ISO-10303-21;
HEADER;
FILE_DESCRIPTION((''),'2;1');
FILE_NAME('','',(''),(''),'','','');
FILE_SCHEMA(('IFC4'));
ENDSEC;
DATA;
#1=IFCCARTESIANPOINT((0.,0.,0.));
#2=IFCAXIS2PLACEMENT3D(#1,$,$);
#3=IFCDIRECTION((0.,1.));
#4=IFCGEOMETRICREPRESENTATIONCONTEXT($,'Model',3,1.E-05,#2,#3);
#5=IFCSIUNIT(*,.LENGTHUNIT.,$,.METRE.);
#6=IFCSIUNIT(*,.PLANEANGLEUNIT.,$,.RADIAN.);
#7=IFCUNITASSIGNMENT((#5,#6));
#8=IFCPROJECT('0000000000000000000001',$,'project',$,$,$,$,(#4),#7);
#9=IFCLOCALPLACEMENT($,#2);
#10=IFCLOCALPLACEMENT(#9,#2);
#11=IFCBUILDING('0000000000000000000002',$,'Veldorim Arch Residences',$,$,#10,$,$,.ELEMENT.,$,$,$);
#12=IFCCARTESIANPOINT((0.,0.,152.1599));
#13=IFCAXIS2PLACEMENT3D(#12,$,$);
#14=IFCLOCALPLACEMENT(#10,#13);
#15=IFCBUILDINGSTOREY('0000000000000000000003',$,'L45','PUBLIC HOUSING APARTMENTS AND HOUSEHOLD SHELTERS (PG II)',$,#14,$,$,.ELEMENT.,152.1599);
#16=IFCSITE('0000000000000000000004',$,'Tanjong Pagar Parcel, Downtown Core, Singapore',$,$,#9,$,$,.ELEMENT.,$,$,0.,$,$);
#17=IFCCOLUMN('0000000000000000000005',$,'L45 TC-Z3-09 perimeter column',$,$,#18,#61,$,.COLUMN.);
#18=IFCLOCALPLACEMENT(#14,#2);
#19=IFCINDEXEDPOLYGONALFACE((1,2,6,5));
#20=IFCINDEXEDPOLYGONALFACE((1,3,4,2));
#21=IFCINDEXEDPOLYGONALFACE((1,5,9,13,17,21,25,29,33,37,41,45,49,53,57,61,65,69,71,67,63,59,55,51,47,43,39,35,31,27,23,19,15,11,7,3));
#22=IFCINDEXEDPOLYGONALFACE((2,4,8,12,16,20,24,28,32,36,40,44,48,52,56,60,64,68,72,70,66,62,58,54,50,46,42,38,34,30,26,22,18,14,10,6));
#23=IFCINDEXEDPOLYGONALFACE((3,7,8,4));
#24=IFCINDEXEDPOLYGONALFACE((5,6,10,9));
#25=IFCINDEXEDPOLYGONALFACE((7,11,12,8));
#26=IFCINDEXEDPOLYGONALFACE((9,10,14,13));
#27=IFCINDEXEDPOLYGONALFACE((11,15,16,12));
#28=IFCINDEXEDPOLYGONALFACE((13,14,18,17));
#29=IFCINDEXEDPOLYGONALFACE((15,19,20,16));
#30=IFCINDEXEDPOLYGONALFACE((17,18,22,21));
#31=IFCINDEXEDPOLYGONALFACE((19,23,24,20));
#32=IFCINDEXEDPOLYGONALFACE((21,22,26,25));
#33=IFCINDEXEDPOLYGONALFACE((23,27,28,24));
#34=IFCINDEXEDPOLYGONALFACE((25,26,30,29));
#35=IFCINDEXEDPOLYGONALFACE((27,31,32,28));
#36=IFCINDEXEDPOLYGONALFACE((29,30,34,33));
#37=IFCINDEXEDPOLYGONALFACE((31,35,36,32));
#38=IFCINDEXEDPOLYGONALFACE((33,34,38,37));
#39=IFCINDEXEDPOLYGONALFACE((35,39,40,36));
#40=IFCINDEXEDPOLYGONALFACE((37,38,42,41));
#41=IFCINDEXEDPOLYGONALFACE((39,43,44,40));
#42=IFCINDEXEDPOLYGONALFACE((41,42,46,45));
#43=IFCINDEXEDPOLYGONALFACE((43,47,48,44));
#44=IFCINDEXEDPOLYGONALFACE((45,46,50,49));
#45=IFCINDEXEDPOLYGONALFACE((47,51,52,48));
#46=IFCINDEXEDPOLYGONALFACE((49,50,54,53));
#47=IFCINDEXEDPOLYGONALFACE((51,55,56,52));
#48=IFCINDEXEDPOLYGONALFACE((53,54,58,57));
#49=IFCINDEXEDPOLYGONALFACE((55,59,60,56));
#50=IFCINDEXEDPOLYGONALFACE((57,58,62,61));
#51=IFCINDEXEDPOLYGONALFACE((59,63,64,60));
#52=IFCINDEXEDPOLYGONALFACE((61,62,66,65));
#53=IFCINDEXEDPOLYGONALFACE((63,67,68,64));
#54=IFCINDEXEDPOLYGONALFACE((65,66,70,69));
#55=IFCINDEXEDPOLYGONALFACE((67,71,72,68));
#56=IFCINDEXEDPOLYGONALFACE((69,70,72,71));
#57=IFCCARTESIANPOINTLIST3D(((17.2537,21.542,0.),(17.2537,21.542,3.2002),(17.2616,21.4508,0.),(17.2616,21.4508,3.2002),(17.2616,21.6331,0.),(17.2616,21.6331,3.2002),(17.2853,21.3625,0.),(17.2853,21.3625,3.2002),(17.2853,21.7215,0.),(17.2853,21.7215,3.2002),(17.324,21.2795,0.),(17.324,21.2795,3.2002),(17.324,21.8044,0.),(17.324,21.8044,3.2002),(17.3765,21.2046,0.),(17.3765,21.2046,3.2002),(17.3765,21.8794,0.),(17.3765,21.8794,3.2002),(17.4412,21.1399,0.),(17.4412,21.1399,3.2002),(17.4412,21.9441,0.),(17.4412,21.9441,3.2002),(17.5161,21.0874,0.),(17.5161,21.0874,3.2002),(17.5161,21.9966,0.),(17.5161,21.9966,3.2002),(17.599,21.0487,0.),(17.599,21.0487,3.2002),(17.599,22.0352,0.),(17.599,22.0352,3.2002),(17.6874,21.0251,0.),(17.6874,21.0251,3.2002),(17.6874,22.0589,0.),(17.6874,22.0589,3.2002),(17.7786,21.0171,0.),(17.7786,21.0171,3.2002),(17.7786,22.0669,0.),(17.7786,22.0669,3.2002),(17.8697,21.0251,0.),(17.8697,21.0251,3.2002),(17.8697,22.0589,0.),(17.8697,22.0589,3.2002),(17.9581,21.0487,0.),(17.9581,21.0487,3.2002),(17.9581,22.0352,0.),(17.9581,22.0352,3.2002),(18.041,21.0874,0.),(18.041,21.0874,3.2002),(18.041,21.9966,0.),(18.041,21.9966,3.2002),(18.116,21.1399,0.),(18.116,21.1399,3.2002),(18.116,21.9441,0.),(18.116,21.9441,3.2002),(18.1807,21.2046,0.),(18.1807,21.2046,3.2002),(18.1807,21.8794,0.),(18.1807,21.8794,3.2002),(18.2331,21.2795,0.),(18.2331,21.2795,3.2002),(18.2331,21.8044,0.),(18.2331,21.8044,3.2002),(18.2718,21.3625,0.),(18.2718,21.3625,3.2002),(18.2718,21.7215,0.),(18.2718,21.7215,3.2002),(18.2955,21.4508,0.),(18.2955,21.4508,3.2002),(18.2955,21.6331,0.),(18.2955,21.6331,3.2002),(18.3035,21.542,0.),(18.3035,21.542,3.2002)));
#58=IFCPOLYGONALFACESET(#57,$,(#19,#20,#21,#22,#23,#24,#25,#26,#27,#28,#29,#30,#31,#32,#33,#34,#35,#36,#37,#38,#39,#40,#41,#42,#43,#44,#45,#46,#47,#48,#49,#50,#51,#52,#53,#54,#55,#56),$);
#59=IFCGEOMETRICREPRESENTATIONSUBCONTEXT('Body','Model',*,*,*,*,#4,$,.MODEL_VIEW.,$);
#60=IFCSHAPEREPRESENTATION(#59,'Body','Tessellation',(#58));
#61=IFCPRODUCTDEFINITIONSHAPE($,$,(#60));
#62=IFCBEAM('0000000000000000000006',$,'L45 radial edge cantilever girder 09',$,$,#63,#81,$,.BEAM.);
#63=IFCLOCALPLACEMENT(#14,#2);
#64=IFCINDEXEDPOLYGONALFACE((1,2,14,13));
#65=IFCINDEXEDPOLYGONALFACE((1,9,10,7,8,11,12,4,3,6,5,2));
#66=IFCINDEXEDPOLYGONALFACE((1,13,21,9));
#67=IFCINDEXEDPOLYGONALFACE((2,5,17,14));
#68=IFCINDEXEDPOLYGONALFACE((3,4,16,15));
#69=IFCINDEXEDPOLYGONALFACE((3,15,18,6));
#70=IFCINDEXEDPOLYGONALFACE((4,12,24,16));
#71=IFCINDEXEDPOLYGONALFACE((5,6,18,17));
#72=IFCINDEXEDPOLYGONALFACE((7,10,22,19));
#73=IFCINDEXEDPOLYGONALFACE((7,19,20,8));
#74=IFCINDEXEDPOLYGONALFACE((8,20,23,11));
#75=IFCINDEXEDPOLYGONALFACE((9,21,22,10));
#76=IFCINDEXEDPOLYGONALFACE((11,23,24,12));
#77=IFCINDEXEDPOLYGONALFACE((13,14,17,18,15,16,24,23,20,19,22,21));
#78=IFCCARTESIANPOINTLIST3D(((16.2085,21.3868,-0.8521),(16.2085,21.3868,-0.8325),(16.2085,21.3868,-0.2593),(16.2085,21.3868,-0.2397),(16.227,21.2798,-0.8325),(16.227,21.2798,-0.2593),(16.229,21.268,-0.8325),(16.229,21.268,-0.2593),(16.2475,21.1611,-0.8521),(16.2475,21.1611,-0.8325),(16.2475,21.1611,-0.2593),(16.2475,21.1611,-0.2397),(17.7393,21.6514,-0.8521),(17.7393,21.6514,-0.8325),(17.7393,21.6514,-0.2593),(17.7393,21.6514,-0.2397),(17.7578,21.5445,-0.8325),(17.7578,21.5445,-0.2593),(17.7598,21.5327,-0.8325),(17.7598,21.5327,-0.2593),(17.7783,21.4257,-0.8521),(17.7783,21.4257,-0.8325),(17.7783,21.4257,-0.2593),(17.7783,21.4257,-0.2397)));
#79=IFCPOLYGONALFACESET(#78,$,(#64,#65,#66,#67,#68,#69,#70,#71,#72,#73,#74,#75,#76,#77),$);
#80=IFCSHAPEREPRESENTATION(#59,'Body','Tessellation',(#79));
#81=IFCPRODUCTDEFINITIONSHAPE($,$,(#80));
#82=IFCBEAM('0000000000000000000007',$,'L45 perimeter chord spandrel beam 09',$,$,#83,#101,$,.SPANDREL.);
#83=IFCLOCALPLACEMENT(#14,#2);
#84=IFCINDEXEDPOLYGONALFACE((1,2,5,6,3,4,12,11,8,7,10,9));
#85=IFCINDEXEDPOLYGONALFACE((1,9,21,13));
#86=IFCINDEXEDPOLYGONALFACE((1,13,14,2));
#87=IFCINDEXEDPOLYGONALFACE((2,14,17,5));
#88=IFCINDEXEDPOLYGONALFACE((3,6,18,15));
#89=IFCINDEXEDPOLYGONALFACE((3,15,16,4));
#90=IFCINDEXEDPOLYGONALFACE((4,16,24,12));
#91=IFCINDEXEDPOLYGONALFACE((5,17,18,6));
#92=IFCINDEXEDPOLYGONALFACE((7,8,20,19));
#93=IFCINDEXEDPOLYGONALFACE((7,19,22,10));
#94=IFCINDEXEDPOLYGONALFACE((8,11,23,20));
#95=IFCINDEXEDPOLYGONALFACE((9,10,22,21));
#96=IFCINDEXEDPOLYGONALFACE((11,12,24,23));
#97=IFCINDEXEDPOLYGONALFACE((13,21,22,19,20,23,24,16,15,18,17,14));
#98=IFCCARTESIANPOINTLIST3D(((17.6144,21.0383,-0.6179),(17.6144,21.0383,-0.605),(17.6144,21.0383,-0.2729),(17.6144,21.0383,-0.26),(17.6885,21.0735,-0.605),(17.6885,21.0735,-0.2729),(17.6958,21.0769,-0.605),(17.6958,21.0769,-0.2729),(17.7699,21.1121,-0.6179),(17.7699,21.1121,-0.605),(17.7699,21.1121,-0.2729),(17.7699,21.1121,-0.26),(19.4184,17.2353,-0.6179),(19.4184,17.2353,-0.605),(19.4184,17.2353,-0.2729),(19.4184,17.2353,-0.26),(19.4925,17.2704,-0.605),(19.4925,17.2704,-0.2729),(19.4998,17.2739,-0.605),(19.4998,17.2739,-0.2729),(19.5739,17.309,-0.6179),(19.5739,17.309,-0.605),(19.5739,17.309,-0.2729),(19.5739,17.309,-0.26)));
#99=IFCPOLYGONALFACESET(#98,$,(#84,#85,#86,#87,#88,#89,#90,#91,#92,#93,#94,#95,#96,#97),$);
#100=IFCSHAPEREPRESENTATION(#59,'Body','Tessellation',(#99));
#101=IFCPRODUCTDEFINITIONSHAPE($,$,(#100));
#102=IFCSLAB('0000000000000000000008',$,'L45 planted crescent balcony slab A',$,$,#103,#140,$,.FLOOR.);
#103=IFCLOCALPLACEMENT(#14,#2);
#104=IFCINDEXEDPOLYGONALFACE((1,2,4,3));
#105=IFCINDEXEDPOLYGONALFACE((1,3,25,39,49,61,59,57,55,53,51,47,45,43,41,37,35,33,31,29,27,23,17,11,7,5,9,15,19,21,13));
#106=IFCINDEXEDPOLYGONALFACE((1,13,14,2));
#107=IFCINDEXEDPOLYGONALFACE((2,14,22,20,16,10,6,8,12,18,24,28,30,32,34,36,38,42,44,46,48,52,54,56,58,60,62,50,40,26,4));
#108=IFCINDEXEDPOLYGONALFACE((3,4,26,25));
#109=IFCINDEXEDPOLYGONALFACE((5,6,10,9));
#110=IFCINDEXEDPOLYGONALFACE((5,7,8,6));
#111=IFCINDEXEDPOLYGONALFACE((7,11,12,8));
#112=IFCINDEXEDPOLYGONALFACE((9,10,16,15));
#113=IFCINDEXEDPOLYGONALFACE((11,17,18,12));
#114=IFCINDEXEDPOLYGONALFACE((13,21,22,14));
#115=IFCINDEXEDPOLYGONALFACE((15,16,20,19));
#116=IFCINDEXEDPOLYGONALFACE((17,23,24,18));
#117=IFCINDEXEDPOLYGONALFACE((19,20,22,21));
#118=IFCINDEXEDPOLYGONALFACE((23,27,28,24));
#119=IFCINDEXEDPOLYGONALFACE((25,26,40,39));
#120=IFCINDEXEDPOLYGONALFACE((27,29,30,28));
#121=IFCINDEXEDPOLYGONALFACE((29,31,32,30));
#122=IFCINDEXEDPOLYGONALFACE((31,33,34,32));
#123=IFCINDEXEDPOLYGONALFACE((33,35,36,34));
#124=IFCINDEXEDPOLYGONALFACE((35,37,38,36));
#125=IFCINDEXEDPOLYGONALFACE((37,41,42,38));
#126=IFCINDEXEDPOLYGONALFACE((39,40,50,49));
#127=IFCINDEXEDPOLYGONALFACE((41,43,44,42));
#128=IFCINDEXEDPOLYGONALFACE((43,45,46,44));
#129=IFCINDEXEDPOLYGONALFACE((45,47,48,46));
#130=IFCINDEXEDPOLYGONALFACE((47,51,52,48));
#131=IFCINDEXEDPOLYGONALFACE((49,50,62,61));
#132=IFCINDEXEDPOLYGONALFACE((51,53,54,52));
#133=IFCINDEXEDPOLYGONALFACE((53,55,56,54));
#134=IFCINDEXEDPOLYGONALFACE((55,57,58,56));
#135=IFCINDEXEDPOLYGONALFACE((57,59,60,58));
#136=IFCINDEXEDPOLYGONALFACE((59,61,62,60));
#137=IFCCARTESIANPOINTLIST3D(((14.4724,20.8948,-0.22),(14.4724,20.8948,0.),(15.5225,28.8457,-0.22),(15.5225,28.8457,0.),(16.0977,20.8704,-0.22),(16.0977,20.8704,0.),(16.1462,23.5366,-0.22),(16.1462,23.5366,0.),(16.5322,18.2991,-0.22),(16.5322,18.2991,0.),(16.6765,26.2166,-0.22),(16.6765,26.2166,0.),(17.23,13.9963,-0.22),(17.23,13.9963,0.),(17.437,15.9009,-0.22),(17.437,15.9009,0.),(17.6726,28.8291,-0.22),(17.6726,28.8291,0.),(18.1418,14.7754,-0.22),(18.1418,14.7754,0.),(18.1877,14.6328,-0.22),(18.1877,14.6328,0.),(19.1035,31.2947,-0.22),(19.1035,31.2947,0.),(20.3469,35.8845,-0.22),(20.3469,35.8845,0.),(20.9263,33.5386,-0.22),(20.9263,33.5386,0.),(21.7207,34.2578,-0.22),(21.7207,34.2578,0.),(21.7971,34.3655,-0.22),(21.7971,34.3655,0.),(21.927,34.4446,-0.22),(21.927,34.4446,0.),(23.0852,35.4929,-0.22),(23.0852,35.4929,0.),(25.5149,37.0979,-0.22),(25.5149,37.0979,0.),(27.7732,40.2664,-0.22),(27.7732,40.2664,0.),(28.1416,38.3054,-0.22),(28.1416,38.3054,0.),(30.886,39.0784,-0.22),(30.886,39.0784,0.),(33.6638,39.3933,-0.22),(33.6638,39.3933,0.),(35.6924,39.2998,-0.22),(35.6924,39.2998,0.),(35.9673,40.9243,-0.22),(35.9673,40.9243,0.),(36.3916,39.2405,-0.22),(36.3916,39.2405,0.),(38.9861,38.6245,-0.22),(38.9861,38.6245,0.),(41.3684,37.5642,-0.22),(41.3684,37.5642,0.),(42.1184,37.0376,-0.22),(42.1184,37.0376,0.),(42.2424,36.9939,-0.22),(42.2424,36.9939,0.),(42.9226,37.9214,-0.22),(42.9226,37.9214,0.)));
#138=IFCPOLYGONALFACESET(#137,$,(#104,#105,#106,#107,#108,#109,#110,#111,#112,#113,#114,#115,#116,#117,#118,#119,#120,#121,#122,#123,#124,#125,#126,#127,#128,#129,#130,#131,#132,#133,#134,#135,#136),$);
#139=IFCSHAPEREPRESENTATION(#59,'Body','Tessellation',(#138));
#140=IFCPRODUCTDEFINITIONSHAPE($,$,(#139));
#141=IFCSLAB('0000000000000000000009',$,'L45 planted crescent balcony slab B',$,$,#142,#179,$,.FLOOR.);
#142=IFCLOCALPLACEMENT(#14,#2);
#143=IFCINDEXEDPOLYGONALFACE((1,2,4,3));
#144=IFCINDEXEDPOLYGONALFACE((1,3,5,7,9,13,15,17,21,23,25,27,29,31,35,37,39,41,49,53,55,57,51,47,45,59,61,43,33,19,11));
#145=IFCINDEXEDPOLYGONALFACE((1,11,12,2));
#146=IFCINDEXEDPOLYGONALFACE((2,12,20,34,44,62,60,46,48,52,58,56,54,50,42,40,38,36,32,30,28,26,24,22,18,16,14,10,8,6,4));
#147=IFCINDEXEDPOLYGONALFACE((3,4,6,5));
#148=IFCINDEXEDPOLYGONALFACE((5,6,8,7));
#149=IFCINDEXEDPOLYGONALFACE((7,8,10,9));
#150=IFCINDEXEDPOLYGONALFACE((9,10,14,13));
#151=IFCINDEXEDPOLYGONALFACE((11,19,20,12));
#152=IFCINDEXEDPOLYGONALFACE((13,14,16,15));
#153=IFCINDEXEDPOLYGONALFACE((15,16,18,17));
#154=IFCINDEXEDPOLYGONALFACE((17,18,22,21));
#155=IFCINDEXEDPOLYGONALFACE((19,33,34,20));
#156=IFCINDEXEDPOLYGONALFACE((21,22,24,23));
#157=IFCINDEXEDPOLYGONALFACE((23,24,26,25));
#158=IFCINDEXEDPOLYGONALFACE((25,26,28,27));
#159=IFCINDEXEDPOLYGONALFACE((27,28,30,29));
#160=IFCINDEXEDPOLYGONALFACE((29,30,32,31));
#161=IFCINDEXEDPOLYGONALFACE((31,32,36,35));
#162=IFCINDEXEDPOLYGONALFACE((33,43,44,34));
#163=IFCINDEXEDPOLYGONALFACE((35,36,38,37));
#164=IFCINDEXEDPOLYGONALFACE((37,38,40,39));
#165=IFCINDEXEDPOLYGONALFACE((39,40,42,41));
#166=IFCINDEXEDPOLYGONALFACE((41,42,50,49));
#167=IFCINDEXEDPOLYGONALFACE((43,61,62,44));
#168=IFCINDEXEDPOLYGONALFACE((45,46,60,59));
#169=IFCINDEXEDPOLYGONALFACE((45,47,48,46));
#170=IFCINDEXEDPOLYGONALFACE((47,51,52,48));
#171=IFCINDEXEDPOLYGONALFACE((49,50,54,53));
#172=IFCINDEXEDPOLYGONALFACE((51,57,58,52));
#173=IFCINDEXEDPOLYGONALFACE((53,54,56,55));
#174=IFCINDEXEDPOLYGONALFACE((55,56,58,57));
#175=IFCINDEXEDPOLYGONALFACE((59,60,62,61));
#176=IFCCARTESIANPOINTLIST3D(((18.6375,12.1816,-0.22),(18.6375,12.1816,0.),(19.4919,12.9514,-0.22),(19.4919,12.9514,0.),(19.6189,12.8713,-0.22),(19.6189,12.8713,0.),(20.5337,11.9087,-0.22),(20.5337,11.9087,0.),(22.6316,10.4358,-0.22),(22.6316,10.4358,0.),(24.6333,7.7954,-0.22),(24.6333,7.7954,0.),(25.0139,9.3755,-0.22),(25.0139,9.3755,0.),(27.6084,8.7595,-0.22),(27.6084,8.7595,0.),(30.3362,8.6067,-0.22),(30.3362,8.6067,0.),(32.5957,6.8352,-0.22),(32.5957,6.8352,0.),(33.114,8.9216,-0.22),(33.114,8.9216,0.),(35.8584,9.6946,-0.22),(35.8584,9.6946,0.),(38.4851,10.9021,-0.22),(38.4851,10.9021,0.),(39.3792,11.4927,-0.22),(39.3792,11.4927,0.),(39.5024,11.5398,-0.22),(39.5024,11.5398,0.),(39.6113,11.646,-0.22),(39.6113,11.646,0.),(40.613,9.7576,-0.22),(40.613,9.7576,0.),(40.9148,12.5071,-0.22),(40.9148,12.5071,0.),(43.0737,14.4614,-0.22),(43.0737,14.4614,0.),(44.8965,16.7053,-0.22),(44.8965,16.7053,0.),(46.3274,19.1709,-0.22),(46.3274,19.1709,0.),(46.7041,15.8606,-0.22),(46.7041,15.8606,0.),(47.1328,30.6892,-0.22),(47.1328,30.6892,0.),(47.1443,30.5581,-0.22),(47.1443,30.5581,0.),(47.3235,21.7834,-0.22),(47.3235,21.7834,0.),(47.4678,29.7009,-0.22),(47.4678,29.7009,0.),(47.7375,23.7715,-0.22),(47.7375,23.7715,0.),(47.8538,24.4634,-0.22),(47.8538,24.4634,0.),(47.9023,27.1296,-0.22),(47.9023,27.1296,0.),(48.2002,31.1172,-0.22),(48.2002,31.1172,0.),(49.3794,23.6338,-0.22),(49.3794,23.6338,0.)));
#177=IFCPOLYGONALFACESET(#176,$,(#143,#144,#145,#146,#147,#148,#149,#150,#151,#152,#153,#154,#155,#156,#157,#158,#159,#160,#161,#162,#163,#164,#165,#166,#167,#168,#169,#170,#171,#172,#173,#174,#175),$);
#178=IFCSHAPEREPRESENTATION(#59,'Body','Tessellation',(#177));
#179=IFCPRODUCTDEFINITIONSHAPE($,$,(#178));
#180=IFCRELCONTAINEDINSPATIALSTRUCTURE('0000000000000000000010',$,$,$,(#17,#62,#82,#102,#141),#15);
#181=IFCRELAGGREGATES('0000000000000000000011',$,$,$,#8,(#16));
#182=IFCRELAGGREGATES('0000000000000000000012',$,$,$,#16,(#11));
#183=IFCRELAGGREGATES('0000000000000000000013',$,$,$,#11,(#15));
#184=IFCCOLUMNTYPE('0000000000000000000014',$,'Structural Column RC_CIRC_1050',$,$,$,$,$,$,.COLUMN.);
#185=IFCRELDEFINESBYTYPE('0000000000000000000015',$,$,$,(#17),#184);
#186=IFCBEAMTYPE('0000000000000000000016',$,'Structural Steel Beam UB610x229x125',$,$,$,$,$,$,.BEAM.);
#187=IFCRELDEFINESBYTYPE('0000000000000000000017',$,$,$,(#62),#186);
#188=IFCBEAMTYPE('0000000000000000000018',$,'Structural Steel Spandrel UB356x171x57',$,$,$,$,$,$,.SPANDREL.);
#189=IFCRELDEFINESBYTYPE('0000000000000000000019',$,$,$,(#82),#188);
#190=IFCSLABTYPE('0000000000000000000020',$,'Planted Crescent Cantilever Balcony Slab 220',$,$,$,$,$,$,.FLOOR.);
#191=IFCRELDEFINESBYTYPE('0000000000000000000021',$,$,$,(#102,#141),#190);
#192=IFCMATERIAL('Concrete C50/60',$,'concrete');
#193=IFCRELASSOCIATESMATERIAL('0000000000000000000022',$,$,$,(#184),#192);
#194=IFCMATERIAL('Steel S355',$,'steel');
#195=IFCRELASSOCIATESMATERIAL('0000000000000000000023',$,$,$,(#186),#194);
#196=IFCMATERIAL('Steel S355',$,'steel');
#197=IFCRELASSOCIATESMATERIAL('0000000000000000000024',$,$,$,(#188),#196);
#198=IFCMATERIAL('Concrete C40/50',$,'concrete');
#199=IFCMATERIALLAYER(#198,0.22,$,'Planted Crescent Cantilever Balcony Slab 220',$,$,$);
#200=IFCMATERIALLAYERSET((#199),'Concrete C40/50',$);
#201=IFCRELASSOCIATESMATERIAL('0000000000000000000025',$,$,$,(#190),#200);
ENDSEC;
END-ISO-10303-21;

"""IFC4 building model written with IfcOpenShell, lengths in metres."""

from ifc_helpers import new_model, si_unit, direction, frame, origin, origin_2d, place, context, subcontext, project, spatial, polyline, circle, i_section, outline, extrude, material, layer, layer_set, material_profile, profile_set, type_object, element, save


model = new_model("IFC4")

# Units and contexts
model_context = context("Model", 3, precision=1e-05, world=origin(), true_north=direction((0.0, 1.0)))
body_context = subcontext(model_context, "Body", "Model", "MODEL_VIEW")
ifc_project = project(units=[si_unit("LENGTHUNIT", "METRE"), si_unit("PLANEANGLEUNIT", "RADIAN")], contexts=[model_context])

# Site, building, storey
site_placement = place(None, origin())
site = spatial("IfcSite", under=ifc_project, at=site_placement, Name="Tanjong Pagar Parcel, Downtown Core, Singapore", CompositionType="ELEMENT", RefElevation=0.0)
building_placement = place(site_placement, origin())
building = spatial("IfcBuilding", under=site, at=building_placement, Name="Veldorim Arch Residences", CompositionType="ELEMENT")
storey_placement = place(building_placement, frame((0.0, 0.0, 152.1599)))
storey = spatial("IfcBuildingStorey", under=building, at=storey_placement, Name="L45", Description="PUBLIC HOUSING APARTMENTS AND HOUSEHOLD SHELTERS (PG II)", CompositionType="ELEMENT", Elevation=152.1599)

# Column
ifc_material_1 = material(Name="Concrete C50/60", Category="concrete")
ifc_material_profile_1 = material_profile(ifc_material_1, circle(Radius=0.5249, at=origin_2d()), Name="RC_CIRC_1050")
ifc_profile_set_1 = profile_set([ifc_material_profile_1], Name="Concrete C50/60")
column_type = type_object("IfcColumnType", Name="Structural Column RC_CIRC_1050", PredefinedType="COLUMN", material=ifc_profile_set_1)
column_placement = place(storey_placement, frame((17.7786, 21.542, 0.0), z_axis=(0.0, 0.0, 1.0), x_axis=(1.0, 0.0, 0.0)))
element("IfcColumn", 1, at=column_placement, inside=storey, type_object=column_type, Name="L45 TC-Z3-09 perimeter column", PredefinedType="COLUMN", context=body_context, shape_type="SweptSolid", body=[
    extrude(circle(Radius=0.5249, at=origin_2d()), origin(), (0.0, 0.0, 1.0), 3.2002),
])

# Beams
ifc_material_2 = material(Name="Steel S355", Category="steel")
ifc_material_profile_2 = material_profile(ifc_material_2, i_section(OverallWidth=0.229, OverallDepth=0.6123, WebThickness=0.012, FlangeThickness=0.0195, at=origin_2d()), Name="UB610x229x125")
ifc_profile_set_2 = profile_set([ifc_material_profile_2], Name="Steel S355")
beam_type_1 = type_object("IfcBeamType", Name="Structural Steel Beam UB610x229x125", PredefinedType="BEAM", material=ifc_profile_set_2)
beam_1_placement = place(storey_placement, frame((17.7588, 21.5386, -0.5459), z_axis=(-0.985382, -0.170359, 0.0), x_axis=(0.170359, -0.985382, 0.0)))
element("IfcBeam", 2, at=beam_1_placement, inside=storey, type_object=beam_type_1, Name="L45 radial edge cantilever girder 09", PredefinedType="BEAM", context=body_context, shape_type="SweptSolid", body=[
    extrude(i_section(OverallWidth=0.229, OverallDepth=0.6123, WebThickness=0.012, FlangeThickness=0.0195, at=origin_2d()), origin(), (0.0, 0.0, 1.0), 1.5535),
])
ifc_material_3 = material(Name="Steel S355", Category="steel")
ifc_material_profile_3 = material_profile(ifc_material_3, i_section(OverallWidth=0.1721, OverallDepth=0.3579, WebThickness=0.0081, FlangeThickness=0.0129, at=origin_2d()), Name="UB356x171x57")
ifc_profile_set_3 = profile_set([ifc_material_profile_3], Name="Steel S355")
beam_type_2 = type_object("IfcBeamType", Name="Structural Steel Spandrel UB356x171x57", PredefinedType="SPANDREL", material=ifc_profile_set_3)
beam_2_placement = place(storey_placement, frame((17.6921, 21.0752, -0.439), z_axis=(0.42858, -0.903504, 0.0), x_axis=(0.903504, 0.42858, 0.0)))
element("IfcBeam", 3, at=beam_2_placement, inside=storey, type_object=beam_type_2, Name="L45 perimeter chord spandrel beam 09", PredefinedType="SPANDREL", context=body_context, shape_type="SweptSolid", body=[
    extrude(i_section(OverallWidth=0.1721, OverallDepth=0.3579, WebThickness=0.0081, FlangeThickness=0.0129, at=origin_2d()), origin(), (0.0, 0.0, 1.0), 4.2092),
])

# Slabs
ifc_material_4 = material(Name="Concrete C40/50", Category="concrete")
ifc_layer_1 = layer(ifc_material_4, 0.22, Name="Planted Crescent Cantilever Balcony Slab 220")
ifc_layer_set_1 = layer_set([ifc_layer_1], Name="Concrete C40/50")
slab_type_1 = type_object("IfcSlabType", Name="Planted Crescent Cantilever Balcony Slab 220", PredefinedType="FLOOR", material=ifc_layer_set_1)
slab_1_placement = place(storey_placement, frame((0.0, 0.0, -0.22)))
element("IfcSlab", 4, at=slab_1_placement, inside=storey, type_object=slab_type_1, Name="L45 planted crescent balcony slab A", PredefinedType="FLOOR", context=body_context, shape_type="SweptSolid", body=[
    extrude(outline(polyline([(42.1184, 37.0376), (41.3684, 37.5642), (38.9861, 38.6245), (36.3916, 39.2405), (35.6924, 39.2998), (33.6638, 39.3933), (30.886, 39.0784), (28.1416, 38.3054), (25.5149, 37.0979), (23.0852, 35.4929), (21.927, 34.4446), (21.7971, 34.3655), (21.7207, 34.2578), (20.9263, 33.5386), (19.1035, 31.2947), (17.6726, 28.8291), (16.6765, 26.2166), (16.1462, 23.5366), (16.0977, 20.8704), (16.5322, 18.2991), (17.437, 15.9009), (18.1418, 14.7754), (18.1877, 14.6328), (17.23, 13.9963), (14.4724, 20.8948), (15.5225, 28.8457), (20.3469, 35.8845), (27.7732, 40.2664), (35.9673, 40.9243), (42.9226, 37.9214), (42.2424, 36.9939), (42.1184, 37.0376)])), origin(), (0.0, 0.0, 1.0), 0.22),
])
slab_2_placement = place(storey_placement, frame((0.0, 0.0, -0.22)))
element("IfcSlab", 5, at=slab_2_placement, inside=storey, type_object=slab_type_1, Name="L45 planted crescent balcony slab B", PredefinedType="FLOOR", context=body_context, shape_type="SweptSolid", body=[
    extrude(outline(polyline([(19.6189, 12.8713), (20.5337, 11.9087), (22.6316, 10.4358), (25.0139, 9.3755), (27.6084, 8.7595), (30.3362, 8.6067), (33.114, 8.9216), (35.8584, 9.6946), (38.4851, 10.9021), (39.3792, 11.4927), (39.5024, 11.5398), (39.6113, 11.646), (40.9148, 12.5071), (43.0737, 14.4614), (44.8965, 16.7053), (46.3274, 19.1709), (47.3235, 21.7834), (47.7375, 23.7715), (47.8538, 24.4634), (47.9023, 27.1296), (47.4678, 29.7009), (47.1443, 30.5581), (47.1328, 30.6892), (48.2002, 31.1172), (49.3794, 23.6338), (46.7041, 15.8606), (40.613, 9.7576), (32.5957, 6.8352), (24.6333, 7.7954), (18.6375, 12.1816), (19.4919, 12.9514), (19.6189, 12.8713)])), origin(), (0.0, 0.0, 1.0), 0.22),
])

save(model, "model.ifc")
